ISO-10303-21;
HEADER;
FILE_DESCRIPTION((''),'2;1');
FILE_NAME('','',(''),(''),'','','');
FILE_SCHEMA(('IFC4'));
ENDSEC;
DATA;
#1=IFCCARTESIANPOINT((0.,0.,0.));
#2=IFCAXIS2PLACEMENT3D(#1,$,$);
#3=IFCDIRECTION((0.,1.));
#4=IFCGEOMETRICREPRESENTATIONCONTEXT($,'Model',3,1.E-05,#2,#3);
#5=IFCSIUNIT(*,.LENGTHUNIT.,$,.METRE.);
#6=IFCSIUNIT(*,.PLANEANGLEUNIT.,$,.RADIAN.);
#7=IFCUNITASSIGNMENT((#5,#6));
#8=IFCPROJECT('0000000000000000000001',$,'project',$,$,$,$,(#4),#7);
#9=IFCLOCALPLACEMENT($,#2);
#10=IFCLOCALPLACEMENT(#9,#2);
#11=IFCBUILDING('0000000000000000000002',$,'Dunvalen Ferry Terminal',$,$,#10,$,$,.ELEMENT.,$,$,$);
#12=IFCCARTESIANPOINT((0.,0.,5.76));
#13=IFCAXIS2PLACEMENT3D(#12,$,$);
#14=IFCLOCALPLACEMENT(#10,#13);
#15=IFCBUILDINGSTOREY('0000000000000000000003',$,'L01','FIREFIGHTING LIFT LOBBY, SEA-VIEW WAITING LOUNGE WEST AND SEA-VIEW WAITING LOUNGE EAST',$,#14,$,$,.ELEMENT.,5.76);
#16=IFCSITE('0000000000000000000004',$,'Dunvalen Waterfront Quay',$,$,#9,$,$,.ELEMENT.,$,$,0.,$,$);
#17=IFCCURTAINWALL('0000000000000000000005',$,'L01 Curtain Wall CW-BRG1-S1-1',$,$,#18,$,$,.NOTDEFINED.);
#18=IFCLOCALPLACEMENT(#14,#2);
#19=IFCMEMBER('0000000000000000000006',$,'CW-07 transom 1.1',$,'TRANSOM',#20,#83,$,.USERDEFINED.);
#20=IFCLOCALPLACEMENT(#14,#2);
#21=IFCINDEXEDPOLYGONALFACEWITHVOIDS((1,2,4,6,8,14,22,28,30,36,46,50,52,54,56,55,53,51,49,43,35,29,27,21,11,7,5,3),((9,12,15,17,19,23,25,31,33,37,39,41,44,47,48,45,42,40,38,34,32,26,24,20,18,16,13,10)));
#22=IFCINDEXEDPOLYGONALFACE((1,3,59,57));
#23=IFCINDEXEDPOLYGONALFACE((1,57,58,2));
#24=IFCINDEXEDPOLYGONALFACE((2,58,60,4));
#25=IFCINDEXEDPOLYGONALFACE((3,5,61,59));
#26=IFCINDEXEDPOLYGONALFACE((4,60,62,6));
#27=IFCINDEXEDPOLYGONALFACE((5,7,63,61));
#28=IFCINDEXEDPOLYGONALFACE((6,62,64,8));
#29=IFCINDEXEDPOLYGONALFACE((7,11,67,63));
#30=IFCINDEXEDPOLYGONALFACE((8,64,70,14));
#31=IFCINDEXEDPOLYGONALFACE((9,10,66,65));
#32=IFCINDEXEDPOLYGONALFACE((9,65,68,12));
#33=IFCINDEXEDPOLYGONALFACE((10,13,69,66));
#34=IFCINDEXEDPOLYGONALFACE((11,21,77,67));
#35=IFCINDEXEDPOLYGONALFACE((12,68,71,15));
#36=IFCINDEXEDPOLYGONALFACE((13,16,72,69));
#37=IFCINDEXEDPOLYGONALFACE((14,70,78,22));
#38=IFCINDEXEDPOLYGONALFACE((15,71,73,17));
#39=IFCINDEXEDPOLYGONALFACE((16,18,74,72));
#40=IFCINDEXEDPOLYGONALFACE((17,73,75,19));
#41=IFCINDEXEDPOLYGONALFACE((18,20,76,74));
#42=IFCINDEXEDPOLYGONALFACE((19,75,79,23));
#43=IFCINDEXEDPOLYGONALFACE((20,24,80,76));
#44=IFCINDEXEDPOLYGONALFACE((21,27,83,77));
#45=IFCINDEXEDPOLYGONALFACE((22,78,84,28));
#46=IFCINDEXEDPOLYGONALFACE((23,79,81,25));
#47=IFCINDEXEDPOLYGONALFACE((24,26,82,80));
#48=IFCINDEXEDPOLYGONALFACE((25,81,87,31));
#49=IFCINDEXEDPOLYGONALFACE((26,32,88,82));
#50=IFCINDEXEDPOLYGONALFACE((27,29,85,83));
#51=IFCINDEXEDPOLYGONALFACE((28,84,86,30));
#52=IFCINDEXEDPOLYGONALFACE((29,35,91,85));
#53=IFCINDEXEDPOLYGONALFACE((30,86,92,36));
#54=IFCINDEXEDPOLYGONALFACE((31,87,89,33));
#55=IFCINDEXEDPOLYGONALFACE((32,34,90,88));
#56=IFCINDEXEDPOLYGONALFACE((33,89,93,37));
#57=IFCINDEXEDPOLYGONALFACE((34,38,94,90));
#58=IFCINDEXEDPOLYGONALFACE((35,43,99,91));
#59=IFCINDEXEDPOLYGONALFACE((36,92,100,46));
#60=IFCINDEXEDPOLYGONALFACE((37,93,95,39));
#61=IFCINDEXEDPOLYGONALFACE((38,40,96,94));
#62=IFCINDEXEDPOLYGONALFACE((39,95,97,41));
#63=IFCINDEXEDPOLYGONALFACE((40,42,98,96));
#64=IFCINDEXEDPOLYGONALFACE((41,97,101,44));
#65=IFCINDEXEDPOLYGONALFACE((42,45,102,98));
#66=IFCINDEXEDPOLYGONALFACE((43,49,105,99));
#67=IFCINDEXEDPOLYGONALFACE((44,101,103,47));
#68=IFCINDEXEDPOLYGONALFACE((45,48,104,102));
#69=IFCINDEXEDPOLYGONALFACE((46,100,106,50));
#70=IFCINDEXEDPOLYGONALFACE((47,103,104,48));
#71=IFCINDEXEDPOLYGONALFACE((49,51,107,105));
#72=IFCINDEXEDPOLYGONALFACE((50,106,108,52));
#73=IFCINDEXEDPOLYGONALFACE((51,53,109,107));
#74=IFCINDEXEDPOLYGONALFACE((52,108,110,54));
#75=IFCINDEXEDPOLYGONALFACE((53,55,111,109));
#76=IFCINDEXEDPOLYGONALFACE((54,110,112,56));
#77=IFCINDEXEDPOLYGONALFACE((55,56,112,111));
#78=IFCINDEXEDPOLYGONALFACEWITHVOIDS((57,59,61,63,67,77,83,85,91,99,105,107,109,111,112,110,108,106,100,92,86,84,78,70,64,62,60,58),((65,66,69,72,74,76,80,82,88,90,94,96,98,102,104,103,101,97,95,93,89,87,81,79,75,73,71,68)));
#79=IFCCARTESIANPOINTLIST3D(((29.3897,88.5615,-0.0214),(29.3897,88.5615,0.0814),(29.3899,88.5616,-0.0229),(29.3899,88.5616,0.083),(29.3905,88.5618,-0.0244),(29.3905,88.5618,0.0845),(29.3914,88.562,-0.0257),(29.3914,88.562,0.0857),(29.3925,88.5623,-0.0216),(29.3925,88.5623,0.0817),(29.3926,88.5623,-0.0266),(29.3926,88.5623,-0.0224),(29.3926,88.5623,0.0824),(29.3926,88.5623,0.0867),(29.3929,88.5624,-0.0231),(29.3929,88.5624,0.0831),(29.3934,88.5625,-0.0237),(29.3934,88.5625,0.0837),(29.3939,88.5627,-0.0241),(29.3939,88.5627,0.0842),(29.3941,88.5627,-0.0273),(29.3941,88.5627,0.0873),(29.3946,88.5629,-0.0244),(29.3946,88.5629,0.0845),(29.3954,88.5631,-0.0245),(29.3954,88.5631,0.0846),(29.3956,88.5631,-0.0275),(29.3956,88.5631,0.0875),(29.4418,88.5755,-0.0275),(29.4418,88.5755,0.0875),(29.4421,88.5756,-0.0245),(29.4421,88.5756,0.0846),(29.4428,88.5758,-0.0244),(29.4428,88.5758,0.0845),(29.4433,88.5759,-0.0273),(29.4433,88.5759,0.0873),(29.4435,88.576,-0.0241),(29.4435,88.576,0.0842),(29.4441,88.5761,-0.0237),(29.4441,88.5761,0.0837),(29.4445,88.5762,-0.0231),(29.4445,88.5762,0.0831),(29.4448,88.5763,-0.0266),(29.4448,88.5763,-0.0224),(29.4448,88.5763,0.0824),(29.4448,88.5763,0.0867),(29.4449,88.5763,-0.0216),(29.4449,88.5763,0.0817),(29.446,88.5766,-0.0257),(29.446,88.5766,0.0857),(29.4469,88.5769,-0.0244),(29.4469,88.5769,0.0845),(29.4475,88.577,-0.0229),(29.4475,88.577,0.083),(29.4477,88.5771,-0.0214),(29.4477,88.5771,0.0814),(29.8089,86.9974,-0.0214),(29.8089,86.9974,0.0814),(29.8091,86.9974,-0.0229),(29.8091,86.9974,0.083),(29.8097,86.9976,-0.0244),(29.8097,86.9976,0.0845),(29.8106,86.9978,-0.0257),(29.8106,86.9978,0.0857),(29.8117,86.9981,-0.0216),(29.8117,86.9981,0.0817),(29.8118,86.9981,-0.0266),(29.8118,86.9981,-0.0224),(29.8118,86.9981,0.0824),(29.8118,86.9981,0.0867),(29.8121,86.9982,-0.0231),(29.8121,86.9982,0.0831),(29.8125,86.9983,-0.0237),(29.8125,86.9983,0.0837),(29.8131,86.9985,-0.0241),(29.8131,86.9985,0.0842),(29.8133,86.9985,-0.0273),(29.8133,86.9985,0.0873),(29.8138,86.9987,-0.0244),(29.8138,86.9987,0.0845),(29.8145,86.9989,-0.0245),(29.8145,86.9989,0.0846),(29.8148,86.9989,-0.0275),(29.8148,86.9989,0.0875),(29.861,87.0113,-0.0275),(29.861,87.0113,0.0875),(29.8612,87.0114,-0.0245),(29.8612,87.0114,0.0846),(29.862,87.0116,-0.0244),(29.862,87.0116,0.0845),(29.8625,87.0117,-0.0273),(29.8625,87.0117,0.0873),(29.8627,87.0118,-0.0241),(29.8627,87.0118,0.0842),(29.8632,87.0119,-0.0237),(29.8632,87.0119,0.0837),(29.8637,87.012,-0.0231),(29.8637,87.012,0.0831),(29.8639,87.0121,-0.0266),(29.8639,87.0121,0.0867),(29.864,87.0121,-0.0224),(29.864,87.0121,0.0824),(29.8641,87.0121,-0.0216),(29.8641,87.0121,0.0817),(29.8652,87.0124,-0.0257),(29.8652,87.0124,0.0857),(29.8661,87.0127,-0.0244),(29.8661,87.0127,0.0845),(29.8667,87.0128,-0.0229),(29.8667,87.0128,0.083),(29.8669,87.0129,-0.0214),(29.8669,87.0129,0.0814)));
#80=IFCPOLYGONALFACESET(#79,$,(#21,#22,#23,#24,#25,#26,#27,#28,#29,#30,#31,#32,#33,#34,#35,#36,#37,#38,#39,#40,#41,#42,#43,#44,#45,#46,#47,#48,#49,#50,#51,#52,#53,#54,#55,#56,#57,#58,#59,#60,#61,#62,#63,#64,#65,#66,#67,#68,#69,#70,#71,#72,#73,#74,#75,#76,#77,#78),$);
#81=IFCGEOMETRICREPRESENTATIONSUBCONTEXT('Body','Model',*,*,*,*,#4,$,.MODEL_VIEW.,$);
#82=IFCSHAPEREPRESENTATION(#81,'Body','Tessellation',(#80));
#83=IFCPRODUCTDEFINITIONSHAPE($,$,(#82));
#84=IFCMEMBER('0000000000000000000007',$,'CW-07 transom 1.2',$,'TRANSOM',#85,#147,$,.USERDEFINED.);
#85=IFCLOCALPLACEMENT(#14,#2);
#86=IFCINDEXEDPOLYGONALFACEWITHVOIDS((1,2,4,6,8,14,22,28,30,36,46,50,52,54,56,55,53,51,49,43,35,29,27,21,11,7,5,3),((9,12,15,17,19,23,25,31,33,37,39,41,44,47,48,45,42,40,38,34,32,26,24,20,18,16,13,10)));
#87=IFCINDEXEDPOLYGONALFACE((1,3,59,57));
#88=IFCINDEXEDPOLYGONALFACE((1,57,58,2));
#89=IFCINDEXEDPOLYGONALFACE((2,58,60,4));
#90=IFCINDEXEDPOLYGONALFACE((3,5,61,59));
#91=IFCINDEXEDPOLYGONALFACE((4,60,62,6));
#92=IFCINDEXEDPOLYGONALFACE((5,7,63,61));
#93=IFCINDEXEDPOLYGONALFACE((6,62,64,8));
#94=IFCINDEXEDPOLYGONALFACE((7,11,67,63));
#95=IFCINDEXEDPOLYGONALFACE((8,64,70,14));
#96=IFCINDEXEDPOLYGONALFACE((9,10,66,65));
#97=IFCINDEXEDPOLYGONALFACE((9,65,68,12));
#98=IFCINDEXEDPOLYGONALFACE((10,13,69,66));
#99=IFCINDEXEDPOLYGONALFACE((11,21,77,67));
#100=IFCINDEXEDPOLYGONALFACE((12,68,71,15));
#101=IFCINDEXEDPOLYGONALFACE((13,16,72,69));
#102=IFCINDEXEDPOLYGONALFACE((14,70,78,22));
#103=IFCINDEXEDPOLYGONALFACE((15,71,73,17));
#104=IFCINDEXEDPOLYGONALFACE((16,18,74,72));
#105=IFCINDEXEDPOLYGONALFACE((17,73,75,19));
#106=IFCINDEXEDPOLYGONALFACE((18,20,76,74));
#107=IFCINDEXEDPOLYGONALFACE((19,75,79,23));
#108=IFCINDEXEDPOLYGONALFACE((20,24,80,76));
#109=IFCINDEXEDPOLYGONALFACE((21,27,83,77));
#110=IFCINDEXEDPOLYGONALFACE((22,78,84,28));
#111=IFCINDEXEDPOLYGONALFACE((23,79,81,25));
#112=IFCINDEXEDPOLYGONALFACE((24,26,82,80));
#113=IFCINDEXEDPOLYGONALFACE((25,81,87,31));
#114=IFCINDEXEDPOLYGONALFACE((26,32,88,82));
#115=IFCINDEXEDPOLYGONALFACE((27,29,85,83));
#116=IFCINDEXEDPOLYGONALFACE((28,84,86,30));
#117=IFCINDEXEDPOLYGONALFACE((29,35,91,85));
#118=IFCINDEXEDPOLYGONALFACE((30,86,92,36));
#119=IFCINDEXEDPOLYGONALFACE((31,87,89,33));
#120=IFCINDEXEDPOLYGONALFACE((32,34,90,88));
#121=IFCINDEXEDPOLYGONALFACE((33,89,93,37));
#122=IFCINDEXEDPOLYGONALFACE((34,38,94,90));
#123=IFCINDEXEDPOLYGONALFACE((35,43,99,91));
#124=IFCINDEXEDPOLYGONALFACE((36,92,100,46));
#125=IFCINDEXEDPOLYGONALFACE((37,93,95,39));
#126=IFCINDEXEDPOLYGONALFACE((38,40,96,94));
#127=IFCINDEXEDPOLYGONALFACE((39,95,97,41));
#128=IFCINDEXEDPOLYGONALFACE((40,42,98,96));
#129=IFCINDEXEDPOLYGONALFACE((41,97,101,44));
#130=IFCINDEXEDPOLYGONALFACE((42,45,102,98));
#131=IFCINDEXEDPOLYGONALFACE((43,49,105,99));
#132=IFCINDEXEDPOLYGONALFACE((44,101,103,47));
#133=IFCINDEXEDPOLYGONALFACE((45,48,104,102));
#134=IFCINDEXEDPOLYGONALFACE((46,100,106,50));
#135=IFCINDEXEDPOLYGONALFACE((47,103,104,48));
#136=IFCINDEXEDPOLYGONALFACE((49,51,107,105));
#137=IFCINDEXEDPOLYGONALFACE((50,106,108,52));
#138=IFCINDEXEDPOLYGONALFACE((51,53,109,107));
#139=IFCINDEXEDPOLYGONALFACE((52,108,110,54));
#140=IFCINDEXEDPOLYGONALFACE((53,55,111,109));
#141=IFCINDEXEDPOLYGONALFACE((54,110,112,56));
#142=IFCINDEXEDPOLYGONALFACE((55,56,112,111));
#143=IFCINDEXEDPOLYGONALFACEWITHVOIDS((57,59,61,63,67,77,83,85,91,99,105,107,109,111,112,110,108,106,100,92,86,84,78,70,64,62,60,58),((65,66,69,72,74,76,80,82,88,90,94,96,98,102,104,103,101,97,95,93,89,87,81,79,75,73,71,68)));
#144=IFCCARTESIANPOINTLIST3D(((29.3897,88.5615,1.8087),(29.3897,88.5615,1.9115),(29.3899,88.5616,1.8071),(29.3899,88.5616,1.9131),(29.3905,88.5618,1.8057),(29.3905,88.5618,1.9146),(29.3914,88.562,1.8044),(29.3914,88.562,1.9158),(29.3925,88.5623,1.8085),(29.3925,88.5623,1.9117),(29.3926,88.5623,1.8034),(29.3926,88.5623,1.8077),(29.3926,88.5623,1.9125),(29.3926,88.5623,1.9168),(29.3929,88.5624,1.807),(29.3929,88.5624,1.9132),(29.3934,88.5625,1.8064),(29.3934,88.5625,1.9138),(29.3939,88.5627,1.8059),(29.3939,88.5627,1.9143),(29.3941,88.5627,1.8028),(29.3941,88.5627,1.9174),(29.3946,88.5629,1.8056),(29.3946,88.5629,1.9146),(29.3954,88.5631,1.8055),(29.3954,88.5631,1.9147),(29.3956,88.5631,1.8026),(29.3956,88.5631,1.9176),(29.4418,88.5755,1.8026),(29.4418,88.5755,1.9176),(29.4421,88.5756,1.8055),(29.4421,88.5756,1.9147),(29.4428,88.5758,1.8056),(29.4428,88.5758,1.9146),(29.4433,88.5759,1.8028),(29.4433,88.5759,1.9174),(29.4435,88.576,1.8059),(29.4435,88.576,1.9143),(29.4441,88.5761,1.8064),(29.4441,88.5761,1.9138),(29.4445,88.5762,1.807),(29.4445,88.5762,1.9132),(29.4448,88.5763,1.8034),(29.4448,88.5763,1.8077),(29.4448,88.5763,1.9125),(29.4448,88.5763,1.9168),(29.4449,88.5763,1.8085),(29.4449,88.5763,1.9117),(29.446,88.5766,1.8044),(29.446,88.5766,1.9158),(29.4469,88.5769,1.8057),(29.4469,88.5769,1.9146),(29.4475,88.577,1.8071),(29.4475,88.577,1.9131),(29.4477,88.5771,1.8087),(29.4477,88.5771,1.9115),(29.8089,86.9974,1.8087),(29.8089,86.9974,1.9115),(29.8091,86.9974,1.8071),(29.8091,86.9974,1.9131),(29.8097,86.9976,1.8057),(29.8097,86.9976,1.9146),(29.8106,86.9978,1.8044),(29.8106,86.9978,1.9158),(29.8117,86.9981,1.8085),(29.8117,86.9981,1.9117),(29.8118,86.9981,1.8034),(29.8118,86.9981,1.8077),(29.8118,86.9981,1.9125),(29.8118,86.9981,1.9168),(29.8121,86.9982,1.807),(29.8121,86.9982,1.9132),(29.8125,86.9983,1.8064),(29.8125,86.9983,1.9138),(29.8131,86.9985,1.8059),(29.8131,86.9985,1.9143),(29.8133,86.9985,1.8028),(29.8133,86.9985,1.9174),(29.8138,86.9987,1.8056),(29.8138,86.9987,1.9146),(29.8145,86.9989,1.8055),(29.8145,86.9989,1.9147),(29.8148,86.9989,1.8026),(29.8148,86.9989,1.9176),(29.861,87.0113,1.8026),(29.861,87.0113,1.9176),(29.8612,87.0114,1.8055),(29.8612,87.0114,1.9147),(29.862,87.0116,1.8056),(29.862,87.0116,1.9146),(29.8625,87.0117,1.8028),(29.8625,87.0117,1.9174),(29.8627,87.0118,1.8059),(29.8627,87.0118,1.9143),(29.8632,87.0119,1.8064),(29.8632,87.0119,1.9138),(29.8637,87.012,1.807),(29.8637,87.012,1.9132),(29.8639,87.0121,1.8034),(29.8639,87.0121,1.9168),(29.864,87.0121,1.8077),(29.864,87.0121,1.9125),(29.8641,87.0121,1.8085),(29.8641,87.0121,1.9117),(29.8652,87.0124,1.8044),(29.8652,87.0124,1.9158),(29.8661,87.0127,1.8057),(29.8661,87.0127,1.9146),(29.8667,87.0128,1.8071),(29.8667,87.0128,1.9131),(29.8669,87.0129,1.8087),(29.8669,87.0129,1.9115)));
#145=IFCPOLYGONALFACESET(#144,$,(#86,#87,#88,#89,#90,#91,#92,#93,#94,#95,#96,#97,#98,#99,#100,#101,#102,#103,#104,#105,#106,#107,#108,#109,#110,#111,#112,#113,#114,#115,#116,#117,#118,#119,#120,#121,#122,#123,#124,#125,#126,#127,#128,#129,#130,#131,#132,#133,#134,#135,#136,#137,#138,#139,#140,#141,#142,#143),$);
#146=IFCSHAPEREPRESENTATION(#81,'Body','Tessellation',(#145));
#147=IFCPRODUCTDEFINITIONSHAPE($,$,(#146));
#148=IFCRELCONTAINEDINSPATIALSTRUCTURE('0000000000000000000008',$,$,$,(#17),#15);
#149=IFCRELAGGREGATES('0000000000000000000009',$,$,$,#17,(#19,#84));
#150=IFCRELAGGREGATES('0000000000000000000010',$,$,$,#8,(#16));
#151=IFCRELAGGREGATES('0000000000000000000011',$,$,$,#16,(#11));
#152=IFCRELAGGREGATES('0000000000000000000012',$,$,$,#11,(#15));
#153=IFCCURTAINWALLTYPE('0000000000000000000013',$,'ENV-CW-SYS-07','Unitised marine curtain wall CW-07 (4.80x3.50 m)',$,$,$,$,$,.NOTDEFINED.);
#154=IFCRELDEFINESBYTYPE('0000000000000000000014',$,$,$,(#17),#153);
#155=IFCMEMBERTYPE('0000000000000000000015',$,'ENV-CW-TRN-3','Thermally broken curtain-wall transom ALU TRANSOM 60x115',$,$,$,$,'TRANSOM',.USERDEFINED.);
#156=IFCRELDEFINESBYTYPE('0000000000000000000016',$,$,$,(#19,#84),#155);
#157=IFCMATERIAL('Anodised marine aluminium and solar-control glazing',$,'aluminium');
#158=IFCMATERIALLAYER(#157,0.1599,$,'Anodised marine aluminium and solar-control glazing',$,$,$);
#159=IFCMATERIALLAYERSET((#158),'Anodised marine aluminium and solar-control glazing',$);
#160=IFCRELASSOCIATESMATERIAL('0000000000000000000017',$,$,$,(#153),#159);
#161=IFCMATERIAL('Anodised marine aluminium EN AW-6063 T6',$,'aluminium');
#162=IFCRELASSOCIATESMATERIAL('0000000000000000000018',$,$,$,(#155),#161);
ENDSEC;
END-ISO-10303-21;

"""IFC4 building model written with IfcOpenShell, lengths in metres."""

from ifc_helpers import new_model, si_unit, direction, frame, origin, origin_2d, place, context, subcontext, project, spatial, hollow_rectangle, extrude, material, layer, layer_set, material_profile, profile_set, type_object, element, aggregate, save


model = new_model("IFC4")

# Units and contexts
model_context = context("Model", 3, precision=1e-05, world=origin(), true_north=direction((0.0, 1.0)))
body_context = subcontext(model_context, "Body", "Model", "MODEL_VIEW")
ifc_project = project(units=[si_unit("LENGTHUNIT", "METRE"), si_unit("PLANEANGLEUNIT", "RADIAN")], contexts=[model_context])

# Site, building, storey
site_placement = place(None, origin())
site = spatial("IfcSite", under=ifc_project, at=site_placement, Name="Dunvalen Waterfront Quay", CompositionType="ELEMENT", RefElevation=0.0)
building_placement = place(site_placement, origin())
building = spatial("IfcBuilding", under=site, at=building_placement, Name="Dunvalen Ferry Terminal", CompositionType="ELEMENT")
storey_placement = place(building_placement, frame((0.0, 0.0, 5.76)))
storey = spatial("IfcBuildingStorey", under=building, at=storey_placement, Name="L01", Description="FIREFIGHTING LIFT LOBBY, SEA-VIEW WAITING LOUNGE WEST AND SEA-VIEW WAITING LOUNGE EAST", CompositionType="ELEMENT", Elevation=5.76)

# Shared definitions
ifc_material_1 = material(Name="Anodised marine aluminium and solar-control glazing", Category="aluminium")
ifc_material_2 = material(Name="Anodised marine aluminium EN AW-6063 T6", Category="aluminium")

# Curtain wall
ifc_layer_1 = layer(ifc_material_1, 0.1599, Name="Anodised marine aluminium and solar-control glazing")
ifc_layer_set_1 = layer_set([ifc_layer_1], Name="Anodised marine aluminium and solar-control glazing")
curtain_wall_type_1 = type_object("IfcCurtainWallType", Name="ENV-CW-SYS-07", Description="Unitised marine curtain wall CW-07 (4.80x3.50 m)", PredefinedType="NOTDEFINED", material=ifc_layer_set_1)
curtain_wall_1_placement = place(storey_placement, origin())
curtain_wall_1 = element("IfcCurtainWall", 1, at=curtain_wall_1_placement, inside=storey, type_object=curtain_wall_type_1, Name="L01 Curtain Wall CW-BRG1-S1-1", PredefinedType="NOTDEFINED")

# Members
ifc_material_profile_1 = material_profile(ifc_material_2, hollow_rectangle(XDim=0.0601, YDim=0.115, WallThickness=0.0029, InnerFilletRadius=0.0029, OuterFilletRadius=0.0061, at=origin_2d()), Name="Anodised marine aluminium EN AW-6063 T6")
ifc_profile_set_1 = profile_set([ifc_material_profile_1], Name="Anodised marine aluminium EN AW-6063 T6")
member_type_1 = type_object("IfcMemberType", Name="ENV-CW-TRN-3", Description="Thermally broken curtain-wall transom ALU TRANSOM 60x115", ElementType="TRANSOM", PredefinedType="USERDEFINED", material=ifc_profile_set_1)
member_1_placement = place(storey_placement, frame((29.8379, 87.0051, 0.03), z_axis=(-0.258854, 0.965916, 0.0), x_axis=(-0.965916, -0.258854, 0.0)))
member_1 = element("IfcMember", 2, at=member_1_placement, type_object=member_type_1, Name="CW-07 transom 1.1", ObjectType="TRANSOM", PredefinedType="USERDEFINED", context=body_context, shape_type="SweptSolid", body=[
    extrude(hollow_rectangle(XDim=0.0601, YDim=0.115, WallThickness=0.0029, InnerFilletRadius=0.0029, OuterFilletRadius=0.0061, at=origin_2d()), origin(), (0.0, 0.0, 1.0), 1.6194),
])
member_2_placement = place(storey_placement, frame((29.8379, 87.0051, 1.8601), z_axis=(-0.258854, 0.965916, 0.0), x_axis=(-0.965916, -0.258854, 0.0)))
member_2 = element("IfcMember", 3, at=member_2_placement, type_object=member_type_1, Name="CW-07 transom 1.2", ObjectType="TRANSOM", PredefinedType="USERDEFINED", context=body_context, shape_type="SweptSolid", body=[
    extrude(hollow_rectangle(XDim=0.0601, YDim=0.115, WallThickness=0.0029, InnerFilletRadius=0.0029, OuterFilletRadius=0.0061, at=origin_2d()), origin(), (0.0, 0.0, 1.0), 1.6194),
])

aggregate(curtain_wall_1, [member_1, member_2])

save(model, "model.ifc")
